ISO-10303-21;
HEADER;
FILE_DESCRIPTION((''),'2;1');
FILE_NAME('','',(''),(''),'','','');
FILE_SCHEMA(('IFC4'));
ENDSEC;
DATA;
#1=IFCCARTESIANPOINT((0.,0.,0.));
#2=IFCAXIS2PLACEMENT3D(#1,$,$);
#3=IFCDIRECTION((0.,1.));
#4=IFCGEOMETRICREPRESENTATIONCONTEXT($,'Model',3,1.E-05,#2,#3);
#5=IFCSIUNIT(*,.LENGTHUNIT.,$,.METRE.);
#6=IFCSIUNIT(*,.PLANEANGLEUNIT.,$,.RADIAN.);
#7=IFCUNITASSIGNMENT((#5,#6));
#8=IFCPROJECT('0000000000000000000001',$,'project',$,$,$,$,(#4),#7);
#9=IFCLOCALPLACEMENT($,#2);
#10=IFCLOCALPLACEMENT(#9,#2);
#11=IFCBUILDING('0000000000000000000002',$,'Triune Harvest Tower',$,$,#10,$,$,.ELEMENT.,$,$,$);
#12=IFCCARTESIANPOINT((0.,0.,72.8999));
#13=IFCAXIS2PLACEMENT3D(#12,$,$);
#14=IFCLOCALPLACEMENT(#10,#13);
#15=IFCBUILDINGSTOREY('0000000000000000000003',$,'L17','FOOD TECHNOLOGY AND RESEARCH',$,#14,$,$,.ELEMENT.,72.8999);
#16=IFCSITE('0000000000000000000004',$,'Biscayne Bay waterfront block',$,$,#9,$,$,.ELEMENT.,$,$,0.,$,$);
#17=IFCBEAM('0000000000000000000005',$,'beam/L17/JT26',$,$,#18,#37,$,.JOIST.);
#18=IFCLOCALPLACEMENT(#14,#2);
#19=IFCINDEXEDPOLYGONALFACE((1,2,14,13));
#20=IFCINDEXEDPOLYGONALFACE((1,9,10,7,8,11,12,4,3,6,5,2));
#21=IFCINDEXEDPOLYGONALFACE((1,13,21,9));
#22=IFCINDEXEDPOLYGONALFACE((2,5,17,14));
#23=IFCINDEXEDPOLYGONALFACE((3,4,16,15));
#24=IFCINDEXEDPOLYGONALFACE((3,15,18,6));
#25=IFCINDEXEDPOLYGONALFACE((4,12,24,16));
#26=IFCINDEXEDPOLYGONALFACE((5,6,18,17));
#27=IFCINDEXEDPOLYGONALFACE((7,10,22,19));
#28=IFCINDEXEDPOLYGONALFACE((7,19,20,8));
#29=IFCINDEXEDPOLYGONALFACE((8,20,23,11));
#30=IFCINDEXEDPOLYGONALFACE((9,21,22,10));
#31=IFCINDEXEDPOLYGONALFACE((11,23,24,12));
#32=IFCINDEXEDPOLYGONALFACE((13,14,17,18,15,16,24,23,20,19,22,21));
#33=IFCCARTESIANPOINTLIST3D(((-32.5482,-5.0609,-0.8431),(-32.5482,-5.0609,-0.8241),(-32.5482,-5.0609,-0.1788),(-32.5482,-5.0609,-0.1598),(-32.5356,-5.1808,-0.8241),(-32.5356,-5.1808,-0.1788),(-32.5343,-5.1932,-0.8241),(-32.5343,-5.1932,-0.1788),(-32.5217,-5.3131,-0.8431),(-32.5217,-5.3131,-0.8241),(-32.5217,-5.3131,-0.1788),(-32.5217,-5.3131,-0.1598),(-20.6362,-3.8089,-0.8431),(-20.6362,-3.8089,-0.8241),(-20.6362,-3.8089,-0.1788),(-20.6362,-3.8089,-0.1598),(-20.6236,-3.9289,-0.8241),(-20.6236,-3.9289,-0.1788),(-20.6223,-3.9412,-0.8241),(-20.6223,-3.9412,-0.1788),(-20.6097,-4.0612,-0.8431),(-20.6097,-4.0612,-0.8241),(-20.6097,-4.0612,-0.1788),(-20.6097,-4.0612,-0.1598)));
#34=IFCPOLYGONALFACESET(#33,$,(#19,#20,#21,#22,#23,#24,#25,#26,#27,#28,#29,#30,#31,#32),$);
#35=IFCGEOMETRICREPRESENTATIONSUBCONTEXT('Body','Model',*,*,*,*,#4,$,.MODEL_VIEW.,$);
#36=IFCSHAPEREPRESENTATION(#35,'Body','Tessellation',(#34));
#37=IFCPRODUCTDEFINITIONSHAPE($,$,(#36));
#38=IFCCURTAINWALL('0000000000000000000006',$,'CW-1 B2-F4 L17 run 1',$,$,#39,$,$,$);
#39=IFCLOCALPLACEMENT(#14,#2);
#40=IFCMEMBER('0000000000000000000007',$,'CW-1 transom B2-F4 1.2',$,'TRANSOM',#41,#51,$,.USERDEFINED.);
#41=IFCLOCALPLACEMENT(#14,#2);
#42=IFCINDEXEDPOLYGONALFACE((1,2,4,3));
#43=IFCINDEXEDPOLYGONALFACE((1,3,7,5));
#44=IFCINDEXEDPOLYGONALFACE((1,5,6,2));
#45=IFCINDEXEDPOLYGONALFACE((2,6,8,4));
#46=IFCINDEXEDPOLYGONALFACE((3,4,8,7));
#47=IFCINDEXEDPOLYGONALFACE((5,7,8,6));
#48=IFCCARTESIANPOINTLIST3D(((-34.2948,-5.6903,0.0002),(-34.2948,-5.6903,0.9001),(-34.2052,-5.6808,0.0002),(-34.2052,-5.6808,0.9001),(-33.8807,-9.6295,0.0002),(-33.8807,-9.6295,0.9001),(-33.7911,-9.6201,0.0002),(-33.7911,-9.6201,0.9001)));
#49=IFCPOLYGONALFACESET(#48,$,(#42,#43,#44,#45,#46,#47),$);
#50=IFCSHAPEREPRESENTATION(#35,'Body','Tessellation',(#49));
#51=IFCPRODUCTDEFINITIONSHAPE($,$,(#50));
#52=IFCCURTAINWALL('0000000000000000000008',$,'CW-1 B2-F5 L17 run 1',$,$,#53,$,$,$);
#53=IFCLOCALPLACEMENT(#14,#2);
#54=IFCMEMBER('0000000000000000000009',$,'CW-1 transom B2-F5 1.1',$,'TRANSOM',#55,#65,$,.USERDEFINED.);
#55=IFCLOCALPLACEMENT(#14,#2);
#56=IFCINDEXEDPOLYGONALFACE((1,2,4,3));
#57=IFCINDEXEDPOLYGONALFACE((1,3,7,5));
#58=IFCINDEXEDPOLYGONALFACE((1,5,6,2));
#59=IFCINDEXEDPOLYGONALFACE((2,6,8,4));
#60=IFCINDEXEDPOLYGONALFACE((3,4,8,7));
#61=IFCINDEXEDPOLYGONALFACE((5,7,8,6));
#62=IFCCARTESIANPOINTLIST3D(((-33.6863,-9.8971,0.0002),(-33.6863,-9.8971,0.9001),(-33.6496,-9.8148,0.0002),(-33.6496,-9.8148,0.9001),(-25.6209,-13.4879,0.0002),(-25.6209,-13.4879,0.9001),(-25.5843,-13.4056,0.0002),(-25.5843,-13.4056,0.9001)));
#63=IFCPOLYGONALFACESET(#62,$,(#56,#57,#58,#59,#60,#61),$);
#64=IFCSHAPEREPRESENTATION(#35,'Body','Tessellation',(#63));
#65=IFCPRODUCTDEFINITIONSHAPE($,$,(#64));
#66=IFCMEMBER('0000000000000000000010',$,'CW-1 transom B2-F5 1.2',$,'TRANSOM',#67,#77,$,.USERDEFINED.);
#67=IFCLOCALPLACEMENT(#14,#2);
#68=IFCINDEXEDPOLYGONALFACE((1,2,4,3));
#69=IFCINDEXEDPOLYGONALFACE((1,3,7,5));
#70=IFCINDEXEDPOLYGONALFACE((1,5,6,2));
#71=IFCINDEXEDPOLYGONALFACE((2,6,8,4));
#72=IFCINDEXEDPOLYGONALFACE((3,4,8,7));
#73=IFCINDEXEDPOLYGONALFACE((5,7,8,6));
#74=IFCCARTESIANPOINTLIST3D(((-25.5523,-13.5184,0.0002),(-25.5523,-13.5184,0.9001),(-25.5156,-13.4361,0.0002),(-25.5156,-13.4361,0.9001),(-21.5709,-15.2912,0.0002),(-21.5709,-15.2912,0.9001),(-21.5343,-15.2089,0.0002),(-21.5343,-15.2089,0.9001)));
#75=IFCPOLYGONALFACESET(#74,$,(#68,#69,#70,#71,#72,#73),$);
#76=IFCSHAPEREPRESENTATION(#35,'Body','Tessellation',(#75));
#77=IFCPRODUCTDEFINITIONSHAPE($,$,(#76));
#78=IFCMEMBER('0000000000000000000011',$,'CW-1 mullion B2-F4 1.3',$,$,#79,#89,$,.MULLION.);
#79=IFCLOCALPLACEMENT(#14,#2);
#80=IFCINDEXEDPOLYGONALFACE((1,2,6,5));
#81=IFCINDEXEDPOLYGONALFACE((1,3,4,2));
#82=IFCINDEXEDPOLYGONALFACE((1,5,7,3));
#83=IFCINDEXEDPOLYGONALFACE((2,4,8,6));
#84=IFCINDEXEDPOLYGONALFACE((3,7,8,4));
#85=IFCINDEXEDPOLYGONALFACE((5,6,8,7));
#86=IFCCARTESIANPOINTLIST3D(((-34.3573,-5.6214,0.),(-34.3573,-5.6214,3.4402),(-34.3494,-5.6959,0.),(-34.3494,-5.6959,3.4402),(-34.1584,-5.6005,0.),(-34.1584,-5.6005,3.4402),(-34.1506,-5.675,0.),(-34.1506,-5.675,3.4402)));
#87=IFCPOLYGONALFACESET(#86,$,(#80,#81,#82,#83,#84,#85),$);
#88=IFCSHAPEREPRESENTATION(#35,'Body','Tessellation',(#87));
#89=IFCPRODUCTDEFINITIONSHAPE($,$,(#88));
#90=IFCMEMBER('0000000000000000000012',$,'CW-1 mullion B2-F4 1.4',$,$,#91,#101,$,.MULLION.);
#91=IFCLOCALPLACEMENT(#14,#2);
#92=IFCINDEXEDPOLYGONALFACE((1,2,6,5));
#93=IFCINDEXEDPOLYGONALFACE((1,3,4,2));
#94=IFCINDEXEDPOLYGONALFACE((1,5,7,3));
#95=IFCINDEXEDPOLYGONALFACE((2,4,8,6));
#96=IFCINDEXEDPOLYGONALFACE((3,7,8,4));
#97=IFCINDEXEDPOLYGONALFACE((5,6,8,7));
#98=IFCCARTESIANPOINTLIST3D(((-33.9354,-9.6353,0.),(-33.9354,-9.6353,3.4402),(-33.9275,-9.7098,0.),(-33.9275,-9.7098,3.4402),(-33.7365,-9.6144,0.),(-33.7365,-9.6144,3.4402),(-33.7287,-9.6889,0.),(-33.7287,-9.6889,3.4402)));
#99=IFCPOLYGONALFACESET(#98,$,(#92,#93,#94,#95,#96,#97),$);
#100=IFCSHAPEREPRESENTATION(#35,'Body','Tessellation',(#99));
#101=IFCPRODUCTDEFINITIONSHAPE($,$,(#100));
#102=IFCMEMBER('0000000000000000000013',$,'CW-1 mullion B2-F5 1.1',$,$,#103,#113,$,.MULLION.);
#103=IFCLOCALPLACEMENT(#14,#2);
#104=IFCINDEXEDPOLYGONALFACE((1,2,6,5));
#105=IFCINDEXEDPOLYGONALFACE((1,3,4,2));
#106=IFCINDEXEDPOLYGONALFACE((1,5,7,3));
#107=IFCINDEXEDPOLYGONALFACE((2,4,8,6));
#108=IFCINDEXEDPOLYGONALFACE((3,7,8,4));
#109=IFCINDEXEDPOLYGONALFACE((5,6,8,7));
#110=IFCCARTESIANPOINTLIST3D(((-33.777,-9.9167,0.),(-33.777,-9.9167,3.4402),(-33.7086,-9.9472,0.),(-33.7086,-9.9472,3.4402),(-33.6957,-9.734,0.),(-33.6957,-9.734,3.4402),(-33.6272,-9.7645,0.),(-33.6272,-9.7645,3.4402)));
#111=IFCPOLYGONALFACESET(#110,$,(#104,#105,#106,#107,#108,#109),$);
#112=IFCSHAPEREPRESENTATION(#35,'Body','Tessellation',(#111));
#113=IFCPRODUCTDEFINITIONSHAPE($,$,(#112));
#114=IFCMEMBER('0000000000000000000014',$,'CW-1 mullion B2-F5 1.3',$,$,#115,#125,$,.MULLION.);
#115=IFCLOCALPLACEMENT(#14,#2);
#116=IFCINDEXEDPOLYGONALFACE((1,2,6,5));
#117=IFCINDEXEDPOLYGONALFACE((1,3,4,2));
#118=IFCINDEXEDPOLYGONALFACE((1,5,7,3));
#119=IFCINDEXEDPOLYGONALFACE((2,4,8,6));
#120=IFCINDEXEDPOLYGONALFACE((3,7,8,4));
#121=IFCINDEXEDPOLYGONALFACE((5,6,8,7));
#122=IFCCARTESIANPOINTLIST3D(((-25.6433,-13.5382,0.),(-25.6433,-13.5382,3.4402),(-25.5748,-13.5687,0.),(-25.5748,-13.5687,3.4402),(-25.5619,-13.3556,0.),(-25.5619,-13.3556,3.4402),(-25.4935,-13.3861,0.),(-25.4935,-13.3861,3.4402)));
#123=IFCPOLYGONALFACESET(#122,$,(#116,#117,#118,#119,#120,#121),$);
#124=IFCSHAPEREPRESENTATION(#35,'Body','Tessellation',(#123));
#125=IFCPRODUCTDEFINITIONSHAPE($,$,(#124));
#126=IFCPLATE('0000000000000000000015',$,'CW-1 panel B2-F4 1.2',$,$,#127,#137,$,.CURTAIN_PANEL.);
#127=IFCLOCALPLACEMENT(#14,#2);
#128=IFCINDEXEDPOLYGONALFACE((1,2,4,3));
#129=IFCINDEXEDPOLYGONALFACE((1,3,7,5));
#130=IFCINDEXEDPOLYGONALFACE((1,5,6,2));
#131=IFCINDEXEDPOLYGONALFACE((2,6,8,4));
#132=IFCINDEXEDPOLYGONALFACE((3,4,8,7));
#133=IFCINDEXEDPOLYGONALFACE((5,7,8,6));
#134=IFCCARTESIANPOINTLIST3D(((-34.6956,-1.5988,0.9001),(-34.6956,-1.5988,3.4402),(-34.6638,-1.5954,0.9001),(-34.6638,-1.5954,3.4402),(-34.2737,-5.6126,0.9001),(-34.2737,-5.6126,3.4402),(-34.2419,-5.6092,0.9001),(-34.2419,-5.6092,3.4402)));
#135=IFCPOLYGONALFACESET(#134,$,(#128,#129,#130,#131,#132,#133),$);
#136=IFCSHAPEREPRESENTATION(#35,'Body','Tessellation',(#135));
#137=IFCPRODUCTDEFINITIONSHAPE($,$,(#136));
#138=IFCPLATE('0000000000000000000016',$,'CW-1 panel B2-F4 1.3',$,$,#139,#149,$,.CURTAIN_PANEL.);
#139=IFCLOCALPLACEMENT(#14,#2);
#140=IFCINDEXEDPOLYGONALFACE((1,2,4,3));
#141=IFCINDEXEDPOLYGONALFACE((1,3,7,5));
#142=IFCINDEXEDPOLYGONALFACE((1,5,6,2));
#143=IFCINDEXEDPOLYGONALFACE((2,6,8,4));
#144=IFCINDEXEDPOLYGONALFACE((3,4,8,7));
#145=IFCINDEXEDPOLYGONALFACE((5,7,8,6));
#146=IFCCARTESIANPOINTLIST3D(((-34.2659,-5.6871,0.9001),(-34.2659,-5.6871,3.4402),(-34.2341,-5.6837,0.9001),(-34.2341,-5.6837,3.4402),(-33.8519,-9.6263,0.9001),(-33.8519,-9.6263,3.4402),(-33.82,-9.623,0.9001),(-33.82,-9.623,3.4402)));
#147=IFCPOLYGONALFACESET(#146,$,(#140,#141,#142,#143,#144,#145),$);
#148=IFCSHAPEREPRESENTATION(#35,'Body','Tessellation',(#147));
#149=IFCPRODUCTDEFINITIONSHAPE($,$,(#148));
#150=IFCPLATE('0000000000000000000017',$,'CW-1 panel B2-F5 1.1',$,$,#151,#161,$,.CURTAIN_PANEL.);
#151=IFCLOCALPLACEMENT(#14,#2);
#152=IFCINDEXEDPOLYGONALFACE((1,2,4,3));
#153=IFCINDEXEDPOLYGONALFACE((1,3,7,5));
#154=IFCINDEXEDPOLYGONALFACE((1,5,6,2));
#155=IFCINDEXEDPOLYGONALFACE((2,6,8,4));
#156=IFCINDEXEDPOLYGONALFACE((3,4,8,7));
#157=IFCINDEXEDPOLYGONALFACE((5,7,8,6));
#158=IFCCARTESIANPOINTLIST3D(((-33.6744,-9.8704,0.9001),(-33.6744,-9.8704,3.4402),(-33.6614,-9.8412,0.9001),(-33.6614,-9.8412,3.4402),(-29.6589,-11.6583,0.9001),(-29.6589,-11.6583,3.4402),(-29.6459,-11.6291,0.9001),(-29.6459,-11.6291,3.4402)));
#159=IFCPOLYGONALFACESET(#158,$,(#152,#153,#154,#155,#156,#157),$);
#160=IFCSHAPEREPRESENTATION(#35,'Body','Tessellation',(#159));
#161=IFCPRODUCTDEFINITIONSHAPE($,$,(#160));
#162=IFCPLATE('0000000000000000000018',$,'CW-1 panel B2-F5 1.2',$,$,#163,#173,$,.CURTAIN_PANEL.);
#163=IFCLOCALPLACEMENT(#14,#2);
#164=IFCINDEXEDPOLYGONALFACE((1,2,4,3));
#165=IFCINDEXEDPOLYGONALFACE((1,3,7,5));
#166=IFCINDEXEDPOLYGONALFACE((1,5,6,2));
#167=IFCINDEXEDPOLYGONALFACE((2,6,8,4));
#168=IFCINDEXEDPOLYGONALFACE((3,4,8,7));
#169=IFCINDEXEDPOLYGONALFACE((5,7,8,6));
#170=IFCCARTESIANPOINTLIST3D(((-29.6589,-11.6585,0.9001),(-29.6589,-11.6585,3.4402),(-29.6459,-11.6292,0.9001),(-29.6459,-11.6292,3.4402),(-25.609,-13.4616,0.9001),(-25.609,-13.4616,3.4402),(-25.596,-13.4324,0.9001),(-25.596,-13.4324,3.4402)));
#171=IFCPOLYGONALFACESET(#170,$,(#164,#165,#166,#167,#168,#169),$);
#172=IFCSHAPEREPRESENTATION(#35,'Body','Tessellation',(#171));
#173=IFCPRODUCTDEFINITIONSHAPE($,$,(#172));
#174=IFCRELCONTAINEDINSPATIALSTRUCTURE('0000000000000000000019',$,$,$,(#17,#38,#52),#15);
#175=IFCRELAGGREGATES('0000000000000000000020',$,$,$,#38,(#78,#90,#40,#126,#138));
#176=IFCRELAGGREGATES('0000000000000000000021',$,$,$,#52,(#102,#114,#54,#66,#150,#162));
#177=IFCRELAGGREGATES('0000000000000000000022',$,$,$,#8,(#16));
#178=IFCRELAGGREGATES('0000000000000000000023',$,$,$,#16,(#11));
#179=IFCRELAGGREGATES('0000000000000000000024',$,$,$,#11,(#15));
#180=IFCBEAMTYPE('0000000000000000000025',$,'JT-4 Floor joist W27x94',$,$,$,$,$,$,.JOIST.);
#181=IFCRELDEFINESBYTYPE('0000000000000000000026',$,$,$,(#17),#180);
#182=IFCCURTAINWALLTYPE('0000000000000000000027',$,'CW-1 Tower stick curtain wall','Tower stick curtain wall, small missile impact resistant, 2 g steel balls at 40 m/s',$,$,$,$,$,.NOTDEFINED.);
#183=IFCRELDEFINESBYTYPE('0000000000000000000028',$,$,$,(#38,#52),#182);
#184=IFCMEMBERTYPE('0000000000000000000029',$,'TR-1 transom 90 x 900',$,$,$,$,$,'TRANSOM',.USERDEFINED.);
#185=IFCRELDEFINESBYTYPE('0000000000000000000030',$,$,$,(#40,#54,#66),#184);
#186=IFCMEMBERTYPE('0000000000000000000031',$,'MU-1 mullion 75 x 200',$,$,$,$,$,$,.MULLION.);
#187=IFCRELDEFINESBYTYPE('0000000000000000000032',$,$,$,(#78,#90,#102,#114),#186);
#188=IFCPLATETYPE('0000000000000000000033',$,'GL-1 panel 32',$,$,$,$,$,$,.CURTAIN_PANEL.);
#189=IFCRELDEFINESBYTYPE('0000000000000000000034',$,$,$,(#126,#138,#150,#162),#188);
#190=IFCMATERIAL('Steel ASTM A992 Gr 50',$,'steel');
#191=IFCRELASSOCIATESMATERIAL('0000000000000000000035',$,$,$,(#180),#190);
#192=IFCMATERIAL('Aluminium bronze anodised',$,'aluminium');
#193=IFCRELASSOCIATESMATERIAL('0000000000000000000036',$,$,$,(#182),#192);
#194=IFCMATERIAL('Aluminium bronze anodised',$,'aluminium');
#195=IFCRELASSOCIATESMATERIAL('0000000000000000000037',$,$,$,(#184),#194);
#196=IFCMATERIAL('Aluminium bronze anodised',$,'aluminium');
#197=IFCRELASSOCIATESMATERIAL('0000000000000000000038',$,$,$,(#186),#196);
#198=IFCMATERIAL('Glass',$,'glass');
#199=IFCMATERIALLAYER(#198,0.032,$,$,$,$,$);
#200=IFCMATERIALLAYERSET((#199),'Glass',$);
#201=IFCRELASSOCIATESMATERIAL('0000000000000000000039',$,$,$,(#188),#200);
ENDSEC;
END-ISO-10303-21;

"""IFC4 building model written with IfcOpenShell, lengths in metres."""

from ifc_helpers import new_model, si_unit, direction, frame, origin, origin_2d, place, context, subcontext, project, spatial, rectangle, i_section, extrude, source, transform, mapped, material, layer, layer_set, material_profile, profile_set, type_object, element, aggregate, save


model = new_model("IFC4")

# Units and contexts
model_context = context("Model", 3, precision=1e-05, world=origin(), true_north=direction((0.0, 1.0)))
body_context = subcontext(model_context, "Body", "Model", "MODEL_VIEW")
ifc_project = project(units=[si_unit("LENGTHUNIT", "METRE"), si_unit("PLANEANGLEUNIT", "RADIAN")], contexts=[model_context])

# Site, building, storey
site_placement = place(None, origin())
site = spatial("IfcSite", under=ifc_project, at=site_placement, Name="Biscayne Bay waterfront block", CompositionType="ELEMENT", RefElevation=0.0)
building_placement = place(site_placement, origin())
building = spatial("IfcBuilding", under=site, at=building_placement, Name="Triune Harvest Tower", CompositionType="ELEMENT")
storey_placement = place(building_placement, frame((0.0, 0.0, 72.8999)))
storey = spatial("IfcBuildingStorey", under=building, at=storey_placement, Name="L17", Description="FOOD TECHNOLOGY AND RESEARCH", CompositionType="ELEMENT", Elevation=72.8999)

# Beam
ifc_material_1 = material(Name="Steel ASTM A992 Gr 50", Category="steel")
ifc_material_profile_1 = material_profile(ifc_material_1, i_section(OverallWidth=0.2537, OverallDepth=0.6833, WebThickness=0.0125, FlangeThickness=0.019, at=origin_2d()), Name="W27x94")
ifc_profile_set_1 = profile_set([ifc_material_profile_1], Name="Steel ASTM A992 Gr 50")
beam_type_1 = type_object("IfcBeamType", Name="JT-4 Floor joist W27x94", PredefinedType="JOIST", material=ifc_profile_set_1)
shared_shape_1 = source(origin(), body_context, "Body", "SweptSolid", [
    extrude(i_section(OverallWidth=0.2537, OverallDepth=0.6833, WebThickness=0.0125, FlangeThickness=0.019, at=origin_2d()), origin(), (0.0, 0.0, 1.0), 11.9775),
])
beam_1_placement = place(storey_placement, frame((-32.5349, -5.187, -0.5015), z_axis=(0.994522, 0.104526, 0.0), x_axis=(-0.104526, 0.994522, 0.0)))
element("IfcBeam", 1, at=beam_1_placement, inside=storey, type_object=beam_type_1, Name="beam/L17/JT26", PredefinedType="JOIST", context=body_context, shape_type="MappedRepresentation", body=[
    mapped(shared_shape_1, transform((0.0, 0.0, 0.0), scale=1.0)),
])

# Curtain wall, member
ifc_material_2 = material(Name="Aluminium bronze anodised", Category="aluminium")
curtain_wall_type = type_object("IfcCurtainWallType", Name="CW-1 Tower stick curtain wall", Description="Tower stick curtain wall, small missile impact resistant, 2 g steel balls at 40 m/s", PredefinedType="NOTDEFINED", material=ifc_material_2)
curtain_wall_1_placement = place(storey_placement, origin())
curtain_wall_1 = element("IfcCurtainWall", 2, at=curtain_wall_1_placement, inside=storey, type_object=curtain_wall_type, Name="CW-1 B2-F4 L17 run 1")
ifc_material_3 = material(Name="Aluminium bronze anodised", Category="aluminium")
ifc_material_profile_2 = material_profile(ifc_material_3, rectangle(XDim=0.0901, YDim=0.8999, at=origin_2d()), Name="TR-1 transom 90 x 900")
ifc_profile_set_2 = profile_set([ifc_material_profile_2], Name="Aluminium bronze anodised")
member_type_1 = type_object("IfcMemberType", Name="TR-1 transom 90 x 900", ElementType="TRANSOM", PredefinedType="USERDEFINED", material=ifc_profile_set_2)
shared_shape_2 = source(origin(), body_context, "Body", "SweptSolid", [
    extrude(rectangle(XDim=0.0901, YDim=0.8999, at=origin_2d()), origin(), (0.0, 0.0, 1.0), 3.9609),
])
member_1_placement = place(storey_placement, frame((-34.25, -5.6855, 0.4502), z_axis=(0.104537, -0.994521, 0.0), x_axis=(0.994521, 0.104537, 0.0)))
member_1 = element("IfcMember", 3, at=member_1_placement, type_object=member_type_1, Name="CW-1 transom B2-F4 1.2", ObjectType="TRANSOM", PredefinedType="USERDEFINED", context=body_context, shape_type="MappedRepresentation", body=[
    mapped(shared_shape_2, transform((0.0, 0.0, 0.0), scale=1.0)),
])

# Curtain wall, members
curtain_wall_2_placement = place(storey_placement, origin())
curtain_wall_2 = element("IfcCurtainWall", 4, at=curtain_wall_2_placement, inside=storey, type_object=curtain_wall_type, Name="CW-1 B2-F5 L17 run 1")
shared_shape_3 = source(origin(), body_context, "Body", "SweptSolid", [
    extrude(rectangle(XDim=0.0901, YDim=0.8999, at=origin_2d()), origin(), (0.0, 0.0, 1.0), 8.8286),
])
member_2_placement = place(storey_placement, frame((-33.668, -9.856, 0.4502), z_axis=(0.913551, -0.406723, 0.0), x_axis=(0.406723, 0.913551, 0.0)))
member_2 = element("IfcMember", 5, at=member_2_placement, type_object=member_type_1, Name="CW-1 transom B2-F5 1.1", ObjectType="TRANSOM", PredefinedType="USERDEFINED", context=body_context, shape_type="MappedRepresentation", body=[
    mapped(shared_shape_3, transform((0.0, 0.0, 0.0), scale=1.0)),
])
shared_shape_4 = source(origin(), body_context, "Body", "SweptSolid", [
    extrude(rectangle(XDim=0.0901, YDim=0.8999, at=origin_2d()), origin(), (0.0, 0.0, 1.0), 4.3582),
])
member_3_placement = place(storey_placement, frame((-25.5339, -13.4773, 0.4502), z_axis=(0.913532, -0.406767, 0.0), x_axis=(0.406767, 0.913532, 0.0)))
member_3 = element("IfcMember", 6, at=member_3_placement, type_object=member_type_1, Name="CW-1 transom B2-F5 1.2", ObjectType="TRANSOM", PredefinedType="USERDEFINED", context=body_context, shape_type="MappedRepresentation", body=[
    mapped(shared_shape_4, transform((0.0, 0.0, 0.0), scale=1.0)),
])

# Members
ifc_material_4 = material(Name="Aluminium bronze anodised", Category="aluminium")
ifc_material_profile_3 = material_profile(ifc_material_4, rectangle(XDim=0.2, YDim=0.075, at=origin_2d()), Name="MU-1 mullion 75 x 200")
ifc_profile_set_3 = profile_set([ifc_material_profile_3], Name="Aluminium bronze anodised")
member_type_2 = type_object("IfcMemberType", Name="MU-1 mullion 75 x 200", PredefinedType="MULLION", material=ifc_profile_set_3)
shared_shape_5 = source(origin(), body_context, "Body", "SweptSolid", [
    extrude(rectangle(XDim=0.2, YDim=0.075, at=origin_2d()), origin(), (0.0, 0.0, 1.0), 3.4402),
])
member_4_placement = place(storey_placement, frame((-34.2539, -5.6482, 0.0), z_axis=(0.0, 0.0, 1.0), x_axis=(0.994522, 0.104529, 0.0)))
member_4 = element("IfcMember", 7, at=member_4_placement, type_object=member_type_2, Name="CW-1 mullion B2-F4 1.3", PredefinedType="MULLION", context=body_context, shape_type="MappedRepresentation", body=[
    mapped(shared_shape_5, transform((0.0, 0.0, 0.0), scale=1.0)),
])
member_5_placement = place(storey_placement, frame((-33.832, -9.6621, 0.0), z_axis=(0.0, 0.0, 1.0), x_axis=(0.994522, 0.104529, 0.0)))
member_5 = element("IfcMember", 8, at=member_5_placement, type_object=member_type_2, Name="CW-1 mullion B2-F4 1.4", PredefinedType="MULLION", context=body_context, shape_type="MappedRepresentation", body=[
    mapped(shared_shape_5, transform((0.0, 0.0, 0.0), scale=1.0)),
])
member_6_placement = place(storey_placement, frame((-33.7021, -9.8406, 0.0), z_axis=(0.0, 0.0, 1.0), x_axis=(0.406741, 0.913543, 0.0)))
member_6 = element("IfcMember", 9, at=member_6_placement, type_object=member_type_2, Name="CW-1 mullion B2-F5 1.1", PredefinedType="MULLION", context=body_context, shape_type="MappedRepresentation", body=[
    mapped(shared_shape_5, transform((0.0, 0.0, 0.0), scale=1.0)),
])
member_7_placement = place(storey_placement, frame((-25.5684, -13.4622, 0.0), z_axis=(0.0, 0.0, 1.0), x_axis=(0.406741, 0.913543, 0.0)))
member_7 = element("IfcMember", 10, at=member_7_placement, type_object=member_type_2, Name="CW-1 mullion B2-F5 1.3", PredefinedType="MULLION", context=body_context, shape_type="MappedRepresentation", body=[
    mapped(shared_shape_5, transform((0.0, 0.0, 0.0), scale=1.0)),
])

# Plates
ifc_material_5 = material(Name="Glass", Category="glass")
ifc_layer_1 = layer(ifc_material_5, 0.032)
ifc_layer_set_1 = layer_set([ifc_layer_1], Name="Glass")
plate_type = type_object("IfcPlateType", Name="GL-1 panel 32", PredefinedType="CURTAIN_PANEL", material=ifc_layer_set_1)
shared_shape_6 = source(origin(), body_context, "Body", "SweptSolid", [
    extrude(rectangle(XDim=4.0359, YDim=0.032, at=origin_2d()), origin(), (0.0, 0.0, 1.0), 2.54),
])
plate_1_placement = place(storey_placement, frame((-34.4688, -3.604, 0.9001), z_axis=(0.0, 0.0, 1.0), x_axis=(0.104529, -0.994522, 0.0)))
plate_1 = element("IfcPlate", 11, at=plate_1_placement, type_object=plate_type, Name="CW-1 panel B2-F4 1.2", PredefinedType="CURTAIN_PANEL", context=body_context, shape_type="MappedRepresentation", body=[
    mapped(shared_shape_6, transform((0.0, 0.0, 0.0), scale=1.0)),
])
shared_shape_7 = source(origin(), body_context, "Body", "SweptSolid", [
    extrude(rectangle(XDim=3.9609, YDim=0.032, at=origin_2d()), origin(), (0.0, 0.0, 1.0), 2.54),
])
plate_2_placement = place(storey_placement, frame((-34.043, -7.655, 0.9001), z_axis=(0.0, 0.0, 1.0), x_axis=(0.104529, -0.994522, 0.0)))
plate_2 = element("IfcPlate", 12, at=plate_2_placement, type_object=plate_type, Name="CW-1 panel B2-F4 1.3", PredefinedType="CURTAIN_PANEL", context=body_context, shape_type="MappedRepresentation", body=[
    mapped(shared_shape_7, transform((0.0, 0.0, 0.0), scale=1.0)),
])
aggregate(curtain_wall_1, [member_4, member_5, member_1, plate_1, plate_2])
shared_shape_8 = source(origin(), body_context, "Body", "SweptSolid", [
    extrude(rectangle(XDim=4.3955, YDim=0.032, at=origin_2d()), origin(), (0.0, 0.0, 1.0), 2.54),
])
plate_3_placement = place(storey_placement, frame((-31.6602, -10.7498, 0.9001), z_axis=(0.0, 0.0, 1.0), x_axis=(0.913543, -0.406741, 0.0)))
plate_3 = element("IfcPlate", 13, at=plate_3_placement, type_object=plate_type, Name="CW-1 panel B2-F5 1.1", PredefinedType="CURTAIN_PANEL", context=body_context, shape_type="MappedRepresentation", body=[
    mapped(shared_shape_8, transform((0.0, 0.0, 0.0), scale=1.0)),
])
shared_shape_9 = source(origin(), body_context, "Body", "SweptSolid", [
    extrude(rectangle(XDim=4.4331, YDim=0.032, at=origin_2d()), origin(), (0.0, 0.0, 1.0), 2.54),
])
plate_4_placement = place(storey_placement, frame((-27.6274, -12.5454, 0.9001), z_axis=(0.0, 0.0, 1.0), x_axis=(0.913543, -0.406741, 0.0)))
plate_4 = element("IfcPlate", 14, at=plate_4_placement, type_object=plate_type, Name="CW-1 panel B2-F5 1.2", PredefinedType="CURTAIN_PANEL", context=body_context, shape_type="MappedRepresentation", body=[
    mapped(shared_shape_9, transform((0.0, 0.0, 0.0), scale=1.0)),
])
aggregate(curtain_wall_2, [member_6, member_7, member_2, member_3, plate_3, plate_4])

save(model, "model.ifc")
